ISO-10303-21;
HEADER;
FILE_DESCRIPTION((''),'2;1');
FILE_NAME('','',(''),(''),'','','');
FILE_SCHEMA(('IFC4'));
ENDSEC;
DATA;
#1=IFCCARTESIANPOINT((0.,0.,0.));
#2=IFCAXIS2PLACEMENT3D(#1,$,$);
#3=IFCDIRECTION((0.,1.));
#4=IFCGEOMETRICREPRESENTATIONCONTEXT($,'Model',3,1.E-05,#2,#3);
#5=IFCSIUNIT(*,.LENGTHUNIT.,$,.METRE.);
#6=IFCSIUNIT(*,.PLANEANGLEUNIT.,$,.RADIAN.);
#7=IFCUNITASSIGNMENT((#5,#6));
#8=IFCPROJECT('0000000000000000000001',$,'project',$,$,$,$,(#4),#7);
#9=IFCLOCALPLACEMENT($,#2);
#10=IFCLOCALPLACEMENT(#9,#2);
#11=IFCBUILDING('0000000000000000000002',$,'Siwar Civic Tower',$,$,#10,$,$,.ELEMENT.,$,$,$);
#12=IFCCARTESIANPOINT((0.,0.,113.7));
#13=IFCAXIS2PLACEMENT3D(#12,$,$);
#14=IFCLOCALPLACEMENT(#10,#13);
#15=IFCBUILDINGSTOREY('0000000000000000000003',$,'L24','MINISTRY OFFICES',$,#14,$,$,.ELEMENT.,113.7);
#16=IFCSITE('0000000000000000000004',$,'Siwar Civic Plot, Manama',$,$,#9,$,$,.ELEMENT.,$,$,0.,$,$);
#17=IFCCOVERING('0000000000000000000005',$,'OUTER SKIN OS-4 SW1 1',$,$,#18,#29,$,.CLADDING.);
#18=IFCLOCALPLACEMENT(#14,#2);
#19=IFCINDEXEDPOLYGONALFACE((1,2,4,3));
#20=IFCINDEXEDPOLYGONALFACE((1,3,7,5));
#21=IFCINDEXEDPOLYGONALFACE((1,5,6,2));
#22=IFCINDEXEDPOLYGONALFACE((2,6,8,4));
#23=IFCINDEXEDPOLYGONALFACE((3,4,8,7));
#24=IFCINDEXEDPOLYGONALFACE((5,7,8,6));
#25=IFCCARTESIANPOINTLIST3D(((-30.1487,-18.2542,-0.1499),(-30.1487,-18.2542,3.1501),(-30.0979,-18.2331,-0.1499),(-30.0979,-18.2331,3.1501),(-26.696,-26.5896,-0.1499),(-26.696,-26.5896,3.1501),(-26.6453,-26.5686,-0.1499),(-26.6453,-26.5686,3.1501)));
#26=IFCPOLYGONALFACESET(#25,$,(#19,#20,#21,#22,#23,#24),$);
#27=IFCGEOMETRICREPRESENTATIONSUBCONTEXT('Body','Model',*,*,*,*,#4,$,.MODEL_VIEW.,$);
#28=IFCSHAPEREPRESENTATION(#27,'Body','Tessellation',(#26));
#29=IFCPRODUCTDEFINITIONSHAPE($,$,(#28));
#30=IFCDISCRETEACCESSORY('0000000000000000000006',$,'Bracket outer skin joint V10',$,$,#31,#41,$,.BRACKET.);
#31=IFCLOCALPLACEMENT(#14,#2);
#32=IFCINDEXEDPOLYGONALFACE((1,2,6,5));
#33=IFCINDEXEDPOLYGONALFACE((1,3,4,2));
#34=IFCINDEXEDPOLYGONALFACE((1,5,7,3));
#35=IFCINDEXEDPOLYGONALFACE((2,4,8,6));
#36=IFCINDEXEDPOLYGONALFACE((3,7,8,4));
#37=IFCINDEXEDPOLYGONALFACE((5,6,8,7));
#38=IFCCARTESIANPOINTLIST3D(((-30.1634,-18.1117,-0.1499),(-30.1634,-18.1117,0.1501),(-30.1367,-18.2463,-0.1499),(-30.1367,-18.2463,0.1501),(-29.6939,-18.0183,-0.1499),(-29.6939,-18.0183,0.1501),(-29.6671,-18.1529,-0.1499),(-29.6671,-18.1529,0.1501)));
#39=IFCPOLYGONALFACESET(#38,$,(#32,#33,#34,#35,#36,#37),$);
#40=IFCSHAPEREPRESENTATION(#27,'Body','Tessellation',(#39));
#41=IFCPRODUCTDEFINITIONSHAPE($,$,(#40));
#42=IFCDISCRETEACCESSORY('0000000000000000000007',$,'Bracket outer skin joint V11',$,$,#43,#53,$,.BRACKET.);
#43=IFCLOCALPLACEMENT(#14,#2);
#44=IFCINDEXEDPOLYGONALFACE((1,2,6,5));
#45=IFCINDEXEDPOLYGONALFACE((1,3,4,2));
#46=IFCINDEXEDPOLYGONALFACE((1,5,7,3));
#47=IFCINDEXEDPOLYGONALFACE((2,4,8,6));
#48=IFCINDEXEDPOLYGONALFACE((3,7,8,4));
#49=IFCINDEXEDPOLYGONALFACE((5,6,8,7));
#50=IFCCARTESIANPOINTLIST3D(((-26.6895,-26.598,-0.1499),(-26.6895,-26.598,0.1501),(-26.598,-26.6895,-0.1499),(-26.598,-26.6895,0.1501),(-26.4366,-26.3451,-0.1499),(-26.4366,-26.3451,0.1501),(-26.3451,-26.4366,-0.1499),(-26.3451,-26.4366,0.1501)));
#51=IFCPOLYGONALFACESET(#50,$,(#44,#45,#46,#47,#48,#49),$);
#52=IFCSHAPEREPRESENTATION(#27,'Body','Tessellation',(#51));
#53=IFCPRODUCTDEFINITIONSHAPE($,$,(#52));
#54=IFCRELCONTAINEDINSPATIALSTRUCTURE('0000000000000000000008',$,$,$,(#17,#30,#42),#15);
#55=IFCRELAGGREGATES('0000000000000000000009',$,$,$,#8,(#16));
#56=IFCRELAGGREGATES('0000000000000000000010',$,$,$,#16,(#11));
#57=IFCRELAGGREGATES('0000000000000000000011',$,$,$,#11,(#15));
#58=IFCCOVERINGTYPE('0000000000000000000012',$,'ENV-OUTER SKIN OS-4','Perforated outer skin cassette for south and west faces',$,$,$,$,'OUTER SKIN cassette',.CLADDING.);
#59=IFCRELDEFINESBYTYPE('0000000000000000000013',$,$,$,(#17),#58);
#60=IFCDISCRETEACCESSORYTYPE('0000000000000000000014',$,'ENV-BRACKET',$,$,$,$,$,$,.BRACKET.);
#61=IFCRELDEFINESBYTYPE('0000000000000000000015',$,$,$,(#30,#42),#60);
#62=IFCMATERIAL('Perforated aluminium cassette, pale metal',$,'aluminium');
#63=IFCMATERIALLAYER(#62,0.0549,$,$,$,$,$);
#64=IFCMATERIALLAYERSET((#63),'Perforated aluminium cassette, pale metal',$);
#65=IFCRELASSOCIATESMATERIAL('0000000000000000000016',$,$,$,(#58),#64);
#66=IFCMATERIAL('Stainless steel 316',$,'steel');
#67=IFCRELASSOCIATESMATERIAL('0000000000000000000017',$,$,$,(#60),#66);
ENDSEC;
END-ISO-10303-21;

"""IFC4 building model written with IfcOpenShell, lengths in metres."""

from ifc_helpers import new_model, si_unit, direction, frame, origin, origin_2d, place, context, subcontext, project, spatial, rectangle, extrude, material, layer, layer_set, type_object, element, save


model = new_model("IFC4")

# Units and contexts
model_context = context("Model", 3, precision=1e-05, world=origin(), true_north=direction((0.0, 1.0)))
body_context = subcontext(model_context, "Body", "Model", "MODEL_VIEW")
ifc_project = project(units=[si_unit("LENGTHUNIT", "METRE"), si_unit("PLANEANGLEUNIT", "RADIAN")], contexts=[model_context])

# Site, building, storey
site_placement = place(None, origin())
site = spatial("IfcSite", under=ifc_project, at=site_placement, Name="Siwar Civic Plot, Manama", CompositionType="ELEMENT", RefElevation=0.0)
building_placement = place(site_placement, origin())
building = spatial("IfcBuilding", under=site, at=building_placement, Name="Siwar Civic Tower", CompositionType="ELEMENT")
storey_placement = place(building_placement, frame((0.0, 0.0, 113.7)))
storey = spatial("IfcBuildingStorey", under=building, at=storey_placement, Name="L24", Description="MINISTRY OFFICES", CompositionType="ELEMENT", Elevation=113.7)

# Covering
ifc_material_1 = material(Name="Perforated aluminium cassette, pale metal", Category="aluminium")
ifc_layer_1 = layer(ifc_material_1, 0.0549)
ifc_layer_set_1 = layer_set([ifc_layer_1], Name="Perforated aluminium cassette, pale metal")
covering_type = type_object("IfcCoveringType", Name="ENV-OUTER SKIN OS-4", Description="Perforated outer skin cassette for south and west faces", ElementType="OUTER SKIN cassette", PredefinedType="CLADDING", material=ifc_layer_set_1)
covering_placement = place(storey_placement, frame((-28.397, -22.4114, -0.1499), z_axis=(0.0, 0.0, 1.0), x_axis=(0.382683, -0.92388, 0.0)))
element("IfcCovering", 1, at=covering_placement, inside=storey, type_object=covering_type, Name="OUTER SKIN OS-4 SW1 1", PredefinedType="CLADDING", context=body_context, shape_type="SweptSolid", body=[
    extrude(rectangle(XDim=9.0222, YDim=0.0549, at=origin_2d()), origin(), (0.0, 0.0, 1.0), 3.3),
])

# Discrete accessories
ifc_material_2 = material(Name="Stainless steel 316", Category="steel")
discrete_accessory_type = type_object("IfcDiscreteAccessoryType", Name="ENV-BRACKET", PredefinedType="BRACKET", material=ifc_material_2)
discrete_accessory_1_placement = place(storey_placement, frame((-29.9153, -18.1323, -0.1499), z_axis=(0.0, 0.0, 1.0), x_axis=(-0.980785, -0.19509, 0.0)))
element("IfcDiscreteAccessory", 2, at=discrete_accessory_1_placement, inside=storey, type_object=discrete_accessory_type, Name="Bracket outer skin joint V10", PredefinedType="BRACKET", context=body_context, shape_type="SweptSolid", body=[
    extrude(rectangle(XDim=0.4788, YDim=0.1372, at=origin_2d()), origin(), (0.0, 0.0, 1.0), 0.3),
])
discrete_accessory_2_placement = place(storey_placement, frame((-26.5173, -26.5173, -0.1499), z_axis=(0.0, 0.0, 1.0), x_axis=(-0.707107, -0.707107, 0.0)))
element("IfcDiscreteAccessory", 3, at=discrete_accessory_2_placement, inside=storey, type_object=discrete_accessory_type, Name="Bracket outer skin joint V11", PredefinedType="BRACKET", context=body_context, shape_type="SweptSolid", body=[
    extrude(rectangle(XDim=0.3577, YDim=0.1294, at=origin_2d()), origin(), (0.0, 0.0, 1.0), 0.3),
])

save(model, "model.ifc")
